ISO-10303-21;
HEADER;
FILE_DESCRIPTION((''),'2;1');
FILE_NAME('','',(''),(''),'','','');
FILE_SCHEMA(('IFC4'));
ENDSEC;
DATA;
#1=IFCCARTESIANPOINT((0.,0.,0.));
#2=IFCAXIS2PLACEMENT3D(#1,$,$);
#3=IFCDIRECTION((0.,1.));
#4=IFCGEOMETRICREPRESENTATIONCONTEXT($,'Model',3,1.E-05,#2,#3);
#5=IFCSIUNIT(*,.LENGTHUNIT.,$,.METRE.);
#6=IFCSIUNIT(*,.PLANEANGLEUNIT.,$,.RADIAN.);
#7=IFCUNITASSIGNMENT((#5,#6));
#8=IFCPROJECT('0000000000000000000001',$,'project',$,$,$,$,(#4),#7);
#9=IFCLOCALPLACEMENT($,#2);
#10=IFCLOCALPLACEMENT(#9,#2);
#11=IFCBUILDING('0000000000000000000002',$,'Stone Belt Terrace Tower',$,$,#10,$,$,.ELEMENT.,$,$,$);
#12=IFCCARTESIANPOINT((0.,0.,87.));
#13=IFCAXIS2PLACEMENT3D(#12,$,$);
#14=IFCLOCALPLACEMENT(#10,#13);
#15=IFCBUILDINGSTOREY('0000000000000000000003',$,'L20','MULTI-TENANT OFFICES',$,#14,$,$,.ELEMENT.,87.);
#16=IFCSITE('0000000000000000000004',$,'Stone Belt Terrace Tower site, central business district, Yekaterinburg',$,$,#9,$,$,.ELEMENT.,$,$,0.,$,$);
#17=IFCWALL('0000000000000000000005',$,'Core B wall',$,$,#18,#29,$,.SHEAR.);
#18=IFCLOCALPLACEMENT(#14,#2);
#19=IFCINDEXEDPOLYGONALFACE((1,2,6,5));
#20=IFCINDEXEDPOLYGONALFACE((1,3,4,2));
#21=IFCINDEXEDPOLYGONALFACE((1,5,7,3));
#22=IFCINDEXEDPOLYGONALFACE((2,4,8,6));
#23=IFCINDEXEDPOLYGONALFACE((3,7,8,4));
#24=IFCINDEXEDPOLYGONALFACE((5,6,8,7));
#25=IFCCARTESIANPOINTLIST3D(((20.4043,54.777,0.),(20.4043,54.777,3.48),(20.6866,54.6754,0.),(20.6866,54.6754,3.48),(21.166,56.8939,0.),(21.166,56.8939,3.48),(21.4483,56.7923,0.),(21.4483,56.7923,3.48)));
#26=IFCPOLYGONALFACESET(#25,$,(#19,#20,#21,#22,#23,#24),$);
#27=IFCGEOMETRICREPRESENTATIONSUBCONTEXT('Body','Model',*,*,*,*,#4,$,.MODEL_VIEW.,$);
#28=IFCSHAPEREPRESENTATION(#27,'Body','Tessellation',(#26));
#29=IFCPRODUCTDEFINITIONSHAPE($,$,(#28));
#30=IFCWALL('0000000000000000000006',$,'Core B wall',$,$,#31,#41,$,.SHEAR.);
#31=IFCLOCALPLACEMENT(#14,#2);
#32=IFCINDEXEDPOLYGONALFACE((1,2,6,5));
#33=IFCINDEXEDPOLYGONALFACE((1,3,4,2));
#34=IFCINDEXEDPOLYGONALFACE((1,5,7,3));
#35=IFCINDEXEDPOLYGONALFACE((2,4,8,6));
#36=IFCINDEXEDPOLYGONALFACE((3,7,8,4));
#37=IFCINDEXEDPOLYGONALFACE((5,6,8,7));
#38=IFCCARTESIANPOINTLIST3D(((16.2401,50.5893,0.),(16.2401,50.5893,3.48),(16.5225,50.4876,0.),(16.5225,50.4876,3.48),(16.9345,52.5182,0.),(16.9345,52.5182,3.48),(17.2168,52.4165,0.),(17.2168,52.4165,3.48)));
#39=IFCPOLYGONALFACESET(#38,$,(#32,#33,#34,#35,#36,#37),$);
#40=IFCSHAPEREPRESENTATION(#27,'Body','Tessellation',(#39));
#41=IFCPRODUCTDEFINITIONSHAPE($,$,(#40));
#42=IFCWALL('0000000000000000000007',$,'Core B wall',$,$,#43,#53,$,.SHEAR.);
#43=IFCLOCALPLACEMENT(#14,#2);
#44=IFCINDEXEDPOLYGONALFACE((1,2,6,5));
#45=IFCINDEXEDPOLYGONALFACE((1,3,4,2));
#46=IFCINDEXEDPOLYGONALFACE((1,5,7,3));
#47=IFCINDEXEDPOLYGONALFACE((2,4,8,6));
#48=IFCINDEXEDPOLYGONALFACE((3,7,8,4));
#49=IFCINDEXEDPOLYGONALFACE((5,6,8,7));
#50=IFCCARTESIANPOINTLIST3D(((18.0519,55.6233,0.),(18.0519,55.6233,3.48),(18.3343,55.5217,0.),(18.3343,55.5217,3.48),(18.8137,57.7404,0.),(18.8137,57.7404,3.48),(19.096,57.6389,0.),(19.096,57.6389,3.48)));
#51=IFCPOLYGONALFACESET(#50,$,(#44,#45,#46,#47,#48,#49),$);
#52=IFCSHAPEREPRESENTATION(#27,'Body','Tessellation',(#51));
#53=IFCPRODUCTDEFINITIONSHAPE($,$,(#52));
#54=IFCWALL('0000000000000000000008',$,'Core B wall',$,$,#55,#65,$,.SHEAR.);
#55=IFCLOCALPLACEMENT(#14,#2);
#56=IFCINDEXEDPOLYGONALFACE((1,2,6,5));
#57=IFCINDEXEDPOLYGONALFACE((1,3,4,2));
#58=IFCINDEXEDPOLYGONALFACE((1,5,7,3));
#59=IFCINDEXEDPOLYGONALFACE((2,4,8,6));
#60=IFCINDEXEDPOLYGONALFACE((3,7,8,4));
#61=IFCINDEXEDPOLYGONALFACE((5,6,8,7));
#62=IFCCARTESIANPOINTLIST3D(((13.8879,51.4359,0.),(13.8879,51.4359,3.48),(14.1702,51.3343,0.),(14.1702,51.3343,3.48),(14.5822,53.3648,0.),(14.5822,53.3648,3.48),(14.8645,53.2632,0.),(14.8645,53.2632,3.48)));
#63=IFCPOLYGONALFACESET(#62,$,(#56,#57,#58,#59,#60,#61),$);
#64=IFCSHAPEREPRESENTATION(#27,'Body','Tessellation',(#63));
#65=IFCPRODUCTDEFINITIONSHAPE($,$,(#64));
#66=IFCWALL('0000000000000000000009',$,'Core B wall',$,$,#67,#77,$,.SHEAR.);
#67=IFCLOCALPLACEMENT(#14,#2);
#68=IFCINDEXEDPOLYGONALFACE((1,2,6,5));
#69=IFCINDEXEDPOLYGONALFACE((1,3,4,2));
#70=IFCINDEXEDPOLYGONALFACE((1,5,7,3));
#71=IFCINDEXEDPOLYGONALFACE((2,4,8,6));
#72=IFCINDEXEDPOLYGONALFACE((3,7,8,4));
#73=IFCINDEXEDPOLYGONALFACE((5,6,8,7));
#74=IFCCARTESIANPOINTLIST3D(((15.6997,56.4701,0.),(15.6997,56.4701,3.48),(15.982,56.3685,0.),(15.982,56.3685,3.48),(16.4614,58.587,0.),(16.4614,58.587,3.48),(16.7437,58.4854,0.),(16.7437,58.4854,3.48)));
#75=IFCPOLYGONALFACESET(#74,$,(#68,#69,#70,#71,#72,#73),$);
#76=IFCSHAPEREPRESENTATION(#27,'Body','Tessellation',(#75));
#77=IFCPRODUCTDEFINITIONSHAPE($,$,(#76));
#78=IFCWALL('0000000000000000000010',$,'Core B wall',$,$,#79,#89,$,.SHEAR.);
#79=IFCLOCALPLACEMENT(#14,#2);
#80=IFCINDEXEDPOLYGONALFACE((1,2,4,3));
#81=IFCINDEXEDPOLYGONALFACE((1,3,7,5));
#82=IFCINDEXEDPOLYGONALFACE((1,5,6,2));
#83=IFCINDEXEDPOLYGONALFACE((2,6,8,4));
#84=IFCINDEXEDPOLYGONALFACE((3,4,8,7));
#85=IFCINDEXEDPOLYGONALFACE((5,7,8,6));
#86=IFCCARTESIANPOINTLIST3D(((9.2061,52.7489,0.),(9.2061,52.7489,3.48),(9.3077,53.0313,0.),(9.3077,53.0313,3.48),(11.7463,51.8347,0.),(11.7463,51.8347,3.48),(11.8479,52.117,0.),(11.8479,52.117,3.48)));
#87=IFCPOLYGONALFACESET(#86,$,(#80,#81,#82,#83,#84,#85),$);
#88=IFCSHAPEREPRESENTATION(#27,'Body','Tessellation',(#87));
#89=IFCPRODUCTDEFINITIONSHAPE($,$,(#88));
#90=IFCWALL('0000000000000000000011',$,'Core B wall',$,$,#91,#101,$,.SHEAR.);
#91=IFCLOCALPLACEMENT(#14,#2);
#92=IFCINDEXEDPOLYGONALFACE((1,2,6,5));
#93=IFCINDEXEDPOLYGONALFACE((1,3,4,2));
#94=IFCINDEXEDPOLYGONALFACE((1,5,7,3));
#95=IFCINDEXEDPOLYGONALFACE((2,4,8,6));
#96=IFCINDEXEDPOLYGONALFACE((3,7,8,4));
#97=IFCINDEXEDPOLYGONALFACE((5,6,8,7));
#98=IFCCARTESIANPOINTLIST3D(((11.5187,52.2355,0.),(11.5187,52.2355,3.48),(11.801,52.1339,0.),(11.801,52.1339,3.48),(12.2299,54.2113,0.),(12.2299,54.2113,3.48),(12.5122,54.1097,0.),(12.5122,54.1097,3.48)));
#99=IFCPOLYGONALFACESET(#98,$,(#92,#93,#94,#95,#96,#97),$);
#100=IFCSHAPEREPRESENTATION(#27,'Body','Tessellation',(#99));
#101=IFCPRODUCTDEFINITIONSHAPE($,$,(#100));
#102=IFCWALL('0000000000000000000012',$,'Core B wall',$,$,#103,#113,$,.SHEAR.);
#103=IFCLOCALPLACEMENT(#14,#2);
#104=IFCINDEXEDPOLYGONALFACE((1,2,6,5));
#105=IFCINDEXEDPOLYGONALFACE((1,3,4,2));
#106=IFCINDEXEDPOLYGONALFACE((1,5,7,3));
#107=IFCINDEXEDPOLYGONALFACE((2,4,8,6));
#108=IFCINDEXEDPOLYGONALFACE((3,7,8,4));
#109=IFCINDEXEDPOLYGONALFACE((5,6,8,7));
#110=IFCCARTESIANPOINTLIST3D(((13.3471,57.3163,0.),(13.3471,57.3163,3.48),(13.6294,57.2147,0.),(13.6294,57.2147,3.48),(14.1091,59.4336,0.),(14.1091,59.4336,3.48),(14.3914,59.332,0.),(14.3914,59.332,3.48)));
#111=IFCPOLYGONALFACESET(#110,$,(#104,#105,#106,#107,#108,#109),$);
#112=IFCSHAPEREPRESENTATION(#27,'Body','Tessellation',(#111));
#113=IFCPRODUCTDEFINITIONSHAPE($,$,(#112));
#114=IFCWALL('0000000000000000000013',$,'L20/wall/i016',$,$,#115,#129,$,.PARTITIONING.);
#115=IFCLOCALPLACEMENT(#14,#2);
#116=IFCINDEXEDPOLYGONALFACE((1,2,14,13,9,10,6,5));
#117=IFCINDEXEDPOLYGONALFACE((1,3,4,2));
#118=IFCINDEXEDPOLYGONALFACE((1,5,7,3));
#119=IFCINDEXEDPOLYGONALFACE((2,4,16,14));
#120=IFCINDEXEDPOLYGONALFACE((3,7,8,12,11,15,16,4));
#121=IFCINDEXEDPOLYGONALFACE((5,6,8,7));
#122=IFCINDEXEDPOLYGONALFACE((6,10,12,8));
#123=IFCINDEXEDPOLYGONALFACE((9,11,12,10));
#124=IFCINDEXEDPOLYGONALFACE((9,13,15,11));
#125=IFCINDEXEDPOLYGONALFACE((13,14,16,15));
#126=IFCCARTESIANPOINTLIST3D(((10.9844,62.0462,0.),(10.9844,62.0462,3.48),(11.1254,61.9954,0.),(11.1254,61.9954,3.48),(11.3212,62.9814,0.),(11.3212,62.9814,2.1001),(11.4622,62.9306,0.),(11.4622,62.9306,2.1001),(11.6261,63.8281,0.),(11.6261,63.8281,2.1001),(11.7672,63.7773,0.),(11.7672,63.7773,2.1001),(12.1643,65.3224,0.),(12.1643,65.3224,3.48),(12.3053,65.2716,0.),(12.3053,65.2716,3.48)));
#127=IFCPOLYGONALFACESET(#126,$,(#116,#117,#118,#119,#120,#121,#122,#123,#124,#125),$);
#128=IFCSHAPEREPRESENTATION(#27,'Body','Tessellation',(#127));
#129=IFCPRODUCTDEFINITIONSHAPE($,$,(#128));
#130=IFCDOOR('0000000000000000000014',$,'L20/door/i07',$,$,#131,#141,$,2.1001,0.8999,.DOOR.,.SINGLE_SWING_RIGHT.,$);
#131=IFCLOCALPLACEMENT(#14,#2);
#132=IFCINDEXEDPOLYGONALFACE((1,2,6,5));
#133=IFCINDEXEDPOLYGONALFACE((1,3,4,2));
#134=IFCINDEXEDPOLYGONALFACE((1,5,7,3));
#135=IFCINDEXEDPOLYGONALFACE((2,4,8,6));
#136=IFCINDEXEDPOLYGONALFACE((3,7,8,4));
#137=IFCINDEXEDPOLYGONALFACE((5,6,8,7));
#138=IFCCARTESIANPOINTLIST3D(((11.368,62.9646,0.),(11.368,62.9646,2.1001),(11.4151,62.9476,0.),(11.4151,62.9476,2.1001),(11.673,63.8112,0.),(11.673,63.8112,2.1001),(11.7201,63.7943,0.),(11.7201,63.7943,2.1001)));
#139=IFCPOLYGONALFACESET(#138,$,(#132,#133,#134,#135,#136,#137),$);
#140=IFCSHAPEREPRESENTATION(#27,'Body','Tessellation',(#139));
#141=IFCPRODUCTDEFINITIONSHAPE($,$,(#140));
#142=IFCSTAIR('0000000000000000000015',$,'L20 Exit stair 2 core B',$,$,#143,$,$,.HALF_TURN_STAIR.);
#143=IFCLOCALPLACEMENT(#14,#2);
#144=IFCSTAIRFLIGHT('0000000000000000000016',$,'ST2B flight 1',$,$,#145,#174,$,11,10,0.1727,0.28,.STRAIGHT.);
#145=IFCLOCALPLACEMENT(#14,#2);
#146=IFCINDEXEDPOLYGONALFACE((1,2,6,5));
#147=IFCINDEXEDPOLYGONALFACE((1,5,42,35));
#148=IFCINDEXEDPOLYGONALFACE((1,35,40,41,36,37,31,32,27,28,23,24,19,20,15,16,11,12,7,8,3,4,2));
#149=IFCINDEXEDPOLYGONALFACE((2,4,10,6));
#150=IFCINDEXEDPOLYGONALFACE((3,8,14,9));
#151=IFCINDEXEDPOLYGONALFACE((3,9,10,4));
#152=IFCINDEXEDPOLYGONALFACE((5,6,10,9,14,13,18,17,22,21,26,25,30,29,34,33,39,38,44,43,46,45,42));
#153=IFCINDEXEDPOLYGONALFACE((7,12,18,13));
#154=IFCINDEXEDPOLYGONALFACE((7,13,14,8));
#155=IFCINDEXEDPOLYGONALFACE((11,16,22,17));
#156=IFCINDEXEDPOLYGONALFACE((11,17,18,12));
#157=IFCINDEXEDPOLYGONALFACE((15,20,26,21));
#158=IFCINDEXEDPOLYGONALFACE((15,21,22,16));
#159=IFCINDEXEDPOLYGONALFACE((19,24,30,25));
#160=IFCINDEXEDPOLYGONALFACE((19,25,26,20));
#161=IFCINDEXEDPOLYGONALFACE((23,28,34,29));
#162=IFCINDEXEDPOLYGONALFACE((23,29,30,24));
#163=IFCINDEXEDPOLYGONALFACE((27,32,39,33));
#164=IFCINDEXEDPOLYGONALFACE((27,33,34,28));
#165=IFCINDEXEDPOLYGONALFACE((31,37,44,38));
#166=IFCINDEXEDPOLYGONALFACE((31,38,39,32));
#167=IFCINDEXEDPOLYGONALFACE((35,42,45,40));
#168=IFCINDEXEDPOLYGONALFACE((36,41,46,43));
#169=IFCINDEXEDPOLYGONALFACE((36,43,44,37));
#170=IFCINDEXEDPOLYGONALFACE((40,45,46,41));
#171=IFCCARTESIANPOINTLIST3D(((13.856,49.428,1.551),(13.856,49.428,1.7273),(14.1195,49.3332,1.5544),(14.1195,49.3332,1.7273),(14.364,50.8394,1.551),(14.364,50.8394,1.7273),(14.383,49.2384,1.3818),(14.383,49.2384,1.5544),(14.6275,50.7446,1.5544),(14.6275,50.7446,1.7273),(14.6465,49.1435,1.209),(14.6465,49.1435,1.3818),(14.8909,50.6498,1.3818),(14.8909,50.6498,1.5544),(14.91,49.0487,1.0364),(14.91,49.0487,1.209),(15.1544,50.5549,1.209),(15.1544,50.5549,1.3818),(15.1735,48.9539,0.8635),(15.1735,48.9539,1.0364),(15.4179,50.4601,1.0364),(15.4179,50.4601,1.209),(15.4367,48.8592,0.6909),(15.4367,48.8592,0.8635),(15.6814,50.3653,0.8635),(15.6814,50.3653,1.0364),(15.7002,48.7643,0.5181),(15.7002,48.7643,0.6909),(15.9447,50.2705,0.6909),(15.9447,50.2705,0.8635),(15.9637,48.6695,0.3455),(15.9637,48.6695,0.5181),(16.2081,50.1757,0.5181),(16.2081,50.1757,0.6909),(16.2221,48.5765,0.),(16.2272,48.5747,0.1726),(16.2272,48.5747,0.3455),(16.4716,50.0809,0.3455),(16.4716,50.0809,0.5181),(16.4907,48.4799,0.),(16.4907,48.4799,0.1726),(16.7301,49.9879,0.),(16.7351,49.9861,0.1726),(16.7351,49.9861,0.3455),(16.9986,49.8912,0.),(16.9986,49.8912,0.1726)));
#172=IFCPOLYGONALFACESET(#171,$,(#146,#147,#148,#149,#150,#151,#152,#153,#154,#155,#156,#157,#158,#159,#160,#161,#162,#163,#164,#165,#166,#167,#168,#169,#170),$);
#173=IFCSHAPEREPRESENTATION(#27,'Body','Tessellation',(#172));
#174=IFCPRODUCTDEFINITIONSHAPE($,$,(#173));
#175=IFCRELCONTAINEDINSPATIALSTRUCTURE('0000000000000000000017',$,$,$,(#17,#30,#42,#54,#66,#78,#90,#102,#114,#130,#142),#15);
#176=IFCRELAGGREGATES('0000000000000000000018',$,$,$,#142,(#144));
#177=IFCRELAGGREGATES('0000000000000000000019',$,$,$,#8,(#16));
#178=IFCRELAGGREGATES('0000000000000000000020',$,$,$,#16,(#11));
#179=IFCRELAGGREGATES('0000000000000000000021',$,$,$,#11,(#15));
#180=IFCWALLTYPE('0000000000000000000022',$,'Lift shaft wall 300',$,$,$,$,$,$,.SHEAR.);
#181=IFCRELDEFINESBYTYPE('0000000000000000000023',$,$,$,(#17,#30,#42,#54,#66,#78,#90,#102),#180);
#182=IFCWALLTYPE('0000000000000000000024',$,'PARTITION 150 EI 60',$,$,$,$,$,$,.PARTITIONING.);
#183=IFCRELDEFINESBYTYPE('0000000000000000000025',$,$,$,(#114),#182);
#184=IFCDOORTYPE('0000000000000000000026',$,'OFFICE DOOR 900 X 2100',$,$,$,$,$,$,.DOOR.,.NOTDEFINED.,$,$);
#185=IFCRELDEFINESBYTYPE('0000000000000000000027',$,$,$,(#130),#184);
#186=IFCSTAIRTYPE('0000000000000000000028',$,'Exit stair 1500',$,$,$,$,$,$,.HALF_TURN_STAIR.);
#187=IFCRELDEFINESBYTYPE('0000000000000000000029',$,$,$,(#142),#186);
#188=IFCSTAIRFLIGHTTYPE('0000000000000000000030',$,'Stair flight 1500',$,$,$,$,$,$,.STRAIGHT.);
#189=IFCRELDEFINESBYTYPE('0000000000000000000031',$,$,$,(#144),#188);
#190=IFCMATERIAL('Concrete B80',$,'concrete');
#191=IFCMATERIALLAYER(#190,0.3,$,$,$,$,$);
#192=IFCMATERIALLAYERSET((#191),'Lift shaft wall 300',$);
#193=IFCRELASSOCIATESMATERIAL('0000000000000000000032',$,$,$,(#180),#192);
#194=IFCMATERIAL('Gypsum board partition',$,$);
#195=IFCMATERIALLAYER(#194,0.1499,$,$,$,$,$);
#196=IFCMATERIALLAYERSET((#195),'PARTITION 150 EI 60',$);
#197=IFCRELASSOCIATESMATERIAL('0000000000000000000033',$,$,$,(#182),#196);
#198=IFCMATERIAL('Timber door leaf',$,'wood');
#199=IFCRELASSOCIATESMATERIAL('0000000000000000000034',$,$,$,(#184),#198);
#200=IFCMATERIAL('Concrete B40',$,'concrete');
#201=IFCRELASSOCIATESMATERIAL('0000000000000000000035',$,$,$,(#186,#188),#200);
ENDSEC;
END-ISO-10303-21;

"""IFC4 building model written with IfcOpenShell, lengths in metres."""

from ifc_helpers import new_model, si_unit, direction, frame, frame_2d, origin, place, context, subcontext, project, spatial, polyline, rectangle, outline, extrude, material, layer, layer_set, type_object, element, fill, aggregate, save


model = new_model("IFC4")

# Units and contexts
model_context = context("Model", 3, precision=1e-05, world=origin(), true_north=direction((0.0, 1.0)))
body_context = subcontext(model_context, "Body", "Model", "MODEL_VIEW")
ifc_project = project(units=[si_unit("LENGTHUNIT", "METRE"), si_unit("PLANEANGLEUNIT", "RADIAN")], contexts=[model_context])

# Site, building, storey
site_placement = place(None, origin())
site = spatial("IfcSite", under=ifc_project, at=site_placement, Name="Stone Belt Terrace Tower site, central business district, Yekaterinburg", CompositionType="ELEMENT", RefElevation=0.0)
building_placement = place(site_placement, origin())
building = spatial("IfcBuilding", under=site, at=building_placement, Name="Stone Belt Terrace Tower", CompositionType="ELEMENT")
storey_placement = place(building_placement, frame((0.0, 0.0, 87.0)))
storey = spatial("IfcBuildingStorey", under=building, at=storey_placement, Name="L20", Description="MULTI-TENANT OFFICES", CompositionType="ELEMENT", Elevation=87.0)

# Shared definitions
ifc_material_1 = material(Name="Concrete B80", Category="concrete")

# Walls
ifc_layer_1 = layer(ifc_material_1, 0.3)
ifc_layer_set_1 = layer_set([ifc_layer_1], Name="Lift shaft wall 300")
wall_type_1 = type_object("IfcWallType", Name="Lift shaft wall 300", PredefinedType="SHEAR", material=ifc_layer_set_1)
wall_1_placement = place(storey_placement, frame((20.5454, 54.7261, 0.0), z_axis=(0.0, 0.0, 1.0), x_axis=(0.33857, 0.940941, 0.0)))
element("IfcWall", 1, at=wall_1_placement, inside=storey, type_object=wall_type_1, Name="Core B wall", PredefinedType="SHEAR", context=body_context, shape_type="SweptSolid", body=[
    extrude(rectangle(XDim=2.2498, YDim=0.3, at=frame_2d((1.125, 0.0))), origin(), (0.0, 0.0, 1.0), 3.48),
])
wall_2_placement = place(storey_placement, frame((16.3813, 50.5386, 0.0), z_axis=(0.0, 0.0, 1.0), x_axis=(0.338682, 0.940901, 0.0)))
element("IfcWall", 2, at=wall_2_placement, inside=storey, type_object=wall_type_1, Name="Core B wall", PredefinedType="SHEAR", context=body_context, shape_type="SweptSolid", body=[
    extrude(rectangle(XDim=2.05, YDim=0.3, at=frame_2d((1.0249, 0.0))), origin(), (0.0, 0.0, 1.0), 3.48),
])
wall_3_placement = place(storey_placement, frame((18.1931, 55.5725, 0.0), z_axis=(0.0, 0.0, 1.0), x_axis=(0.338535, 0.940954, 0.0)))
element("IfcWall", 3, at=wall_3_placement, inside=storey, type_object=wall_type_1, Name="Core B wall", PredefinedType="SHEAR", context=body_context, shape_type="SweptSolid", body=[
    extrude(rectangle(XDim=2.25, YDim=0.3, at=frame_2d((1.125, 0.0))), origin(), (0.0, 0.0, 1.0), 3.48),
])
wall_4_placement = place(storey_placement, frame((14.0291, 51.3853, 0.0), z_axis=(0.0, 0.0, 1.0), x_axis=(0.338682, 0.940901, 0.0)))
element("IfcWall", 4, at=wall_4_placement, inside=storey, type_object=wall_type_1, Name="Core B wall", PredefinedType="SHEAR", context=body_context, shape_type="SweptSolid", body=[
    extrude(rectangle(XDim=2.05, YDim=0.3, at=frame_2d((1.0249, 0.0))), origin(), (0.0, 0.0, 1.0), 3.48),
])
wall_5_placement = place(storey_placement, frame((15.8408, 56.4192, 0.0), z_axis=(0.0, 0.0, 1.0), x_axis=(0.33857, 0.940941, 0.0)))
element("IfcWall", 5, at=wall_5_placement, inside=storey, type_object=wall_type_1, Name="Core B wall", PredefinedType="SHEAR", context=body_context, shape_type="SweptSolid", body=[
    extrude(rectangle(XDim=2.2498, YDim=0.3, at=frame_2d((1.125, 0.0))), origin(), (0.0, 0.0, 1.0), 3.48),
])
wall_6_placement = place(storey_placement, frame((11.7971, 51.9758, 0.0), z_axis=(0.0, 0.0, 1.0), x_axis=(-0.94091, 0.338655, 0.0)))
element("IfcWall", 6, at=wall_6_placement, inside=storey, type_object=wall_type_1, Name="Core B wall", PredefinedType="SHEAR", context=body_context, shape_type="SweptSolid", body=[
    extrude(rectangle(XDim=2.6997, YDim=0.3, at=frame_2d((1.3499, 0.0))), origin(), (0.0, 0.0, 1.0), 3.48),
])
wall_7_placement = place(storey_placement, frame((11.6599, 52.1848, 0.0), z_axis=(0.0, 0.0, 1.0), x_axis=(0.33867, 0.940905, 0.0)))
element("IfcWall", 7, at=wall_7_placement, inside=storey, type_object=wall_type_1, Name="Core B wall", PredefinedType="SHEAR", context=body_context, shape_type="SweptSolid", body=[
    extrude(rectangle(XDim=2.0999, YDim=0.3, at=frame_2d((1.0498, 0.0))), origin(), (0.0, 0.0, 1.0), 3.48),
])
wall_8_placement = place(storey_placement, frame((13.4883, 57.2656, 0.0), z_axis=(0.0, 0.0, 1.0), x_axis=(0.338631, 0.940919, 0.0)))
element("IfcWall", 8, at=wall_8_placement, inside=storey, type_object=wall_type_1, Name="Core B wall", PredefinedType="SHEAR", context=body_context, shape_type="SweptSolid", body=[
    extrude(rectangle(XDim=2.2502, YDim=0.3, at=frame_2d((1.125, 0.0))), origin(), (0.0, 0.0, 1.0), 3.48),
])

# Wall, opening, door
ifc_material_2 = material(Name="Gypsum board partition")
ifc_layer_2 = layer(ifc_material_2, 0.1499)
ifc_layer_set_2 = layer_set([ifc_layer_2], Name="PARTITION 150 EI 60")
wall_type_2 = type_object("IfcWallType", Name="PARTITION 150 EI 60", PredefinedType="PARTITIONING", material=ifc_layer_set_2)
wall_9_placement = place(storey_placement, frame((12.2349, 65.2971, 0.0), z_axis=(0.0, 0.0, 1.0), x_axis=(-0.338854, -0.940839, 0.0)))
wall_9 = element("IfcWall", 9, at=wall_9_placement, inside=storey, type_object=wall_type_2, Name="L20/wall/i016", PredefinedType="PARTITIONING", context=body_context, shape_type="SweptSolid", body=[
    extrude(rectangle(XDim=3.4822, YDim=0.1499, at=frame_2d((1.7412, 0.0))), origin(), (0.0, 0.0, 1.0), 3.48),
])
opening_1_placement = place(wall_9_placement, frame((1.5884, 0.0, 0.0)))
opening_1 = element("IfcOpeningElement", 10, at=opening_1_placement, cuts=wall_9, PredefinedType="OPENING", context=body_context, shape_type="SweptSolid", body=[
    extrude(rectangle(XDim=0.8999, YDim=2.1001, at=frame_2d((0.45, 1.05))), frame((0.0, 0.085, 0.0), z_axis=(0.0, -1.0, 0.0), x_axis=(1.0, 0.0, 0.0)), (0.0, 0.0, 1.0), 0.1699),
])
ifc_material_3 = material(Name="Timber door leaf", Category="wood")
door_type_1 = type_object("IfcDoorType", Name="OFFICE DOOR 900 X 2100", OperationType="NOTDEFINED", PredefinedType="DOOR", material=ifc_material_3)
door_1_placement = place(opening_1_placement, origin())
door_1 = element("IfcDoor", 11, at=door_1_placement, inside=storey, type_object=door_type_1, Name="L20/door/i07", OperationType="SINGLE_SWING_RIGHT", OverallHeight=2.1001, OverallWidth=0.8999, PredefinedType="DOOR", context=body_context, shape_type="SweptSolid", body=[
    extrude(rectangle(XDim=0.8999, YDim=2.1001, at=frame_2d((0.45, 1.05))), frame((0.0, 0.0249, 0.0), z_axis=(0.0, -1.0, 0.0), x_axis=(1.0, 0.0, 0.0)), (0.0, 0.0, 1.0), 0.05),
])
fill(opening_1, door_1)

# Stair, stair flight
ifc_material_4 = material(Name="Concrete B40", Category="concrete")
stair_type = type_object("IfcStairType", Name="Exit stair 1500", PredefinedType="HALF_TURN_STAIR", material=ifc_material_4)
stair_placement = place(storey_placement, origin())
stair = element("IfcStair", 12, at=stair_placement, inside=storey, type_object=stair_type, Name="L20 Exit stair 2 core B", PredefinedType="HALF_TURN_STAIR")
stair_flight_type = type_object("IfcStairFlightType", Name="Stair flight 1500", PredefinedType="STRAIGHT", material=ifc_material_4)
stair_flight_1_placement = place(storey_placement, frame((16.7446, 49.1855, 0.0), z_axis=(0.0, 0.0, 1.0), x_axis=(-0.940922, 0.338624, 0.0)))
stair_flight_1 = element("IfcStairFlight", 13, at=stair_flight_1_placement, type_object=stair_flight_type, Name="ST2B flight 1", NumberOfRisers=11, NumberOfTreads=10, PredefinedType="STRAIGHT", RiserHeight=0.1727, TreadLength=0.28, context=body_context, shape_type="SweptSolid", body=[
    extrude(outline(polyline([(0.0, 0.0), (0.0, 0.1726), (0.28, 0.1726), (0.28, 0.3455), (0.5601, 0.3455), (0.5601, 0.5181), (0.8401, 0.5181), (0.8401, 0.6909), (1.1201, 0.6909), (1.1201, 0.8635), (1.3999, 0.8635), (1.3999, 1.0364), (1.6799, 1.0364), (1.6799, 1.209), (1.96, 1.209), (1.96, 1.3818), (2.24, 1.3818), (2.24, 1.5544), (2.52, 1.5544), (2.52, 1.7273), (2.8, 1.7273), (2.8, 1.8999), (2.8, 1.551), (0.2854, 0.0), (0.0, 0.0)])), frame((0.0, 0.75, 0.0), z_axis=(0.0, -1.0, 0.0), x_axis=(1.0, 0.0, 0.0)), (0.0, 0.0, 1.0), 1.5),
])
aggregate(stair, [stair_flight_1])

save(model, "model.ifc")
